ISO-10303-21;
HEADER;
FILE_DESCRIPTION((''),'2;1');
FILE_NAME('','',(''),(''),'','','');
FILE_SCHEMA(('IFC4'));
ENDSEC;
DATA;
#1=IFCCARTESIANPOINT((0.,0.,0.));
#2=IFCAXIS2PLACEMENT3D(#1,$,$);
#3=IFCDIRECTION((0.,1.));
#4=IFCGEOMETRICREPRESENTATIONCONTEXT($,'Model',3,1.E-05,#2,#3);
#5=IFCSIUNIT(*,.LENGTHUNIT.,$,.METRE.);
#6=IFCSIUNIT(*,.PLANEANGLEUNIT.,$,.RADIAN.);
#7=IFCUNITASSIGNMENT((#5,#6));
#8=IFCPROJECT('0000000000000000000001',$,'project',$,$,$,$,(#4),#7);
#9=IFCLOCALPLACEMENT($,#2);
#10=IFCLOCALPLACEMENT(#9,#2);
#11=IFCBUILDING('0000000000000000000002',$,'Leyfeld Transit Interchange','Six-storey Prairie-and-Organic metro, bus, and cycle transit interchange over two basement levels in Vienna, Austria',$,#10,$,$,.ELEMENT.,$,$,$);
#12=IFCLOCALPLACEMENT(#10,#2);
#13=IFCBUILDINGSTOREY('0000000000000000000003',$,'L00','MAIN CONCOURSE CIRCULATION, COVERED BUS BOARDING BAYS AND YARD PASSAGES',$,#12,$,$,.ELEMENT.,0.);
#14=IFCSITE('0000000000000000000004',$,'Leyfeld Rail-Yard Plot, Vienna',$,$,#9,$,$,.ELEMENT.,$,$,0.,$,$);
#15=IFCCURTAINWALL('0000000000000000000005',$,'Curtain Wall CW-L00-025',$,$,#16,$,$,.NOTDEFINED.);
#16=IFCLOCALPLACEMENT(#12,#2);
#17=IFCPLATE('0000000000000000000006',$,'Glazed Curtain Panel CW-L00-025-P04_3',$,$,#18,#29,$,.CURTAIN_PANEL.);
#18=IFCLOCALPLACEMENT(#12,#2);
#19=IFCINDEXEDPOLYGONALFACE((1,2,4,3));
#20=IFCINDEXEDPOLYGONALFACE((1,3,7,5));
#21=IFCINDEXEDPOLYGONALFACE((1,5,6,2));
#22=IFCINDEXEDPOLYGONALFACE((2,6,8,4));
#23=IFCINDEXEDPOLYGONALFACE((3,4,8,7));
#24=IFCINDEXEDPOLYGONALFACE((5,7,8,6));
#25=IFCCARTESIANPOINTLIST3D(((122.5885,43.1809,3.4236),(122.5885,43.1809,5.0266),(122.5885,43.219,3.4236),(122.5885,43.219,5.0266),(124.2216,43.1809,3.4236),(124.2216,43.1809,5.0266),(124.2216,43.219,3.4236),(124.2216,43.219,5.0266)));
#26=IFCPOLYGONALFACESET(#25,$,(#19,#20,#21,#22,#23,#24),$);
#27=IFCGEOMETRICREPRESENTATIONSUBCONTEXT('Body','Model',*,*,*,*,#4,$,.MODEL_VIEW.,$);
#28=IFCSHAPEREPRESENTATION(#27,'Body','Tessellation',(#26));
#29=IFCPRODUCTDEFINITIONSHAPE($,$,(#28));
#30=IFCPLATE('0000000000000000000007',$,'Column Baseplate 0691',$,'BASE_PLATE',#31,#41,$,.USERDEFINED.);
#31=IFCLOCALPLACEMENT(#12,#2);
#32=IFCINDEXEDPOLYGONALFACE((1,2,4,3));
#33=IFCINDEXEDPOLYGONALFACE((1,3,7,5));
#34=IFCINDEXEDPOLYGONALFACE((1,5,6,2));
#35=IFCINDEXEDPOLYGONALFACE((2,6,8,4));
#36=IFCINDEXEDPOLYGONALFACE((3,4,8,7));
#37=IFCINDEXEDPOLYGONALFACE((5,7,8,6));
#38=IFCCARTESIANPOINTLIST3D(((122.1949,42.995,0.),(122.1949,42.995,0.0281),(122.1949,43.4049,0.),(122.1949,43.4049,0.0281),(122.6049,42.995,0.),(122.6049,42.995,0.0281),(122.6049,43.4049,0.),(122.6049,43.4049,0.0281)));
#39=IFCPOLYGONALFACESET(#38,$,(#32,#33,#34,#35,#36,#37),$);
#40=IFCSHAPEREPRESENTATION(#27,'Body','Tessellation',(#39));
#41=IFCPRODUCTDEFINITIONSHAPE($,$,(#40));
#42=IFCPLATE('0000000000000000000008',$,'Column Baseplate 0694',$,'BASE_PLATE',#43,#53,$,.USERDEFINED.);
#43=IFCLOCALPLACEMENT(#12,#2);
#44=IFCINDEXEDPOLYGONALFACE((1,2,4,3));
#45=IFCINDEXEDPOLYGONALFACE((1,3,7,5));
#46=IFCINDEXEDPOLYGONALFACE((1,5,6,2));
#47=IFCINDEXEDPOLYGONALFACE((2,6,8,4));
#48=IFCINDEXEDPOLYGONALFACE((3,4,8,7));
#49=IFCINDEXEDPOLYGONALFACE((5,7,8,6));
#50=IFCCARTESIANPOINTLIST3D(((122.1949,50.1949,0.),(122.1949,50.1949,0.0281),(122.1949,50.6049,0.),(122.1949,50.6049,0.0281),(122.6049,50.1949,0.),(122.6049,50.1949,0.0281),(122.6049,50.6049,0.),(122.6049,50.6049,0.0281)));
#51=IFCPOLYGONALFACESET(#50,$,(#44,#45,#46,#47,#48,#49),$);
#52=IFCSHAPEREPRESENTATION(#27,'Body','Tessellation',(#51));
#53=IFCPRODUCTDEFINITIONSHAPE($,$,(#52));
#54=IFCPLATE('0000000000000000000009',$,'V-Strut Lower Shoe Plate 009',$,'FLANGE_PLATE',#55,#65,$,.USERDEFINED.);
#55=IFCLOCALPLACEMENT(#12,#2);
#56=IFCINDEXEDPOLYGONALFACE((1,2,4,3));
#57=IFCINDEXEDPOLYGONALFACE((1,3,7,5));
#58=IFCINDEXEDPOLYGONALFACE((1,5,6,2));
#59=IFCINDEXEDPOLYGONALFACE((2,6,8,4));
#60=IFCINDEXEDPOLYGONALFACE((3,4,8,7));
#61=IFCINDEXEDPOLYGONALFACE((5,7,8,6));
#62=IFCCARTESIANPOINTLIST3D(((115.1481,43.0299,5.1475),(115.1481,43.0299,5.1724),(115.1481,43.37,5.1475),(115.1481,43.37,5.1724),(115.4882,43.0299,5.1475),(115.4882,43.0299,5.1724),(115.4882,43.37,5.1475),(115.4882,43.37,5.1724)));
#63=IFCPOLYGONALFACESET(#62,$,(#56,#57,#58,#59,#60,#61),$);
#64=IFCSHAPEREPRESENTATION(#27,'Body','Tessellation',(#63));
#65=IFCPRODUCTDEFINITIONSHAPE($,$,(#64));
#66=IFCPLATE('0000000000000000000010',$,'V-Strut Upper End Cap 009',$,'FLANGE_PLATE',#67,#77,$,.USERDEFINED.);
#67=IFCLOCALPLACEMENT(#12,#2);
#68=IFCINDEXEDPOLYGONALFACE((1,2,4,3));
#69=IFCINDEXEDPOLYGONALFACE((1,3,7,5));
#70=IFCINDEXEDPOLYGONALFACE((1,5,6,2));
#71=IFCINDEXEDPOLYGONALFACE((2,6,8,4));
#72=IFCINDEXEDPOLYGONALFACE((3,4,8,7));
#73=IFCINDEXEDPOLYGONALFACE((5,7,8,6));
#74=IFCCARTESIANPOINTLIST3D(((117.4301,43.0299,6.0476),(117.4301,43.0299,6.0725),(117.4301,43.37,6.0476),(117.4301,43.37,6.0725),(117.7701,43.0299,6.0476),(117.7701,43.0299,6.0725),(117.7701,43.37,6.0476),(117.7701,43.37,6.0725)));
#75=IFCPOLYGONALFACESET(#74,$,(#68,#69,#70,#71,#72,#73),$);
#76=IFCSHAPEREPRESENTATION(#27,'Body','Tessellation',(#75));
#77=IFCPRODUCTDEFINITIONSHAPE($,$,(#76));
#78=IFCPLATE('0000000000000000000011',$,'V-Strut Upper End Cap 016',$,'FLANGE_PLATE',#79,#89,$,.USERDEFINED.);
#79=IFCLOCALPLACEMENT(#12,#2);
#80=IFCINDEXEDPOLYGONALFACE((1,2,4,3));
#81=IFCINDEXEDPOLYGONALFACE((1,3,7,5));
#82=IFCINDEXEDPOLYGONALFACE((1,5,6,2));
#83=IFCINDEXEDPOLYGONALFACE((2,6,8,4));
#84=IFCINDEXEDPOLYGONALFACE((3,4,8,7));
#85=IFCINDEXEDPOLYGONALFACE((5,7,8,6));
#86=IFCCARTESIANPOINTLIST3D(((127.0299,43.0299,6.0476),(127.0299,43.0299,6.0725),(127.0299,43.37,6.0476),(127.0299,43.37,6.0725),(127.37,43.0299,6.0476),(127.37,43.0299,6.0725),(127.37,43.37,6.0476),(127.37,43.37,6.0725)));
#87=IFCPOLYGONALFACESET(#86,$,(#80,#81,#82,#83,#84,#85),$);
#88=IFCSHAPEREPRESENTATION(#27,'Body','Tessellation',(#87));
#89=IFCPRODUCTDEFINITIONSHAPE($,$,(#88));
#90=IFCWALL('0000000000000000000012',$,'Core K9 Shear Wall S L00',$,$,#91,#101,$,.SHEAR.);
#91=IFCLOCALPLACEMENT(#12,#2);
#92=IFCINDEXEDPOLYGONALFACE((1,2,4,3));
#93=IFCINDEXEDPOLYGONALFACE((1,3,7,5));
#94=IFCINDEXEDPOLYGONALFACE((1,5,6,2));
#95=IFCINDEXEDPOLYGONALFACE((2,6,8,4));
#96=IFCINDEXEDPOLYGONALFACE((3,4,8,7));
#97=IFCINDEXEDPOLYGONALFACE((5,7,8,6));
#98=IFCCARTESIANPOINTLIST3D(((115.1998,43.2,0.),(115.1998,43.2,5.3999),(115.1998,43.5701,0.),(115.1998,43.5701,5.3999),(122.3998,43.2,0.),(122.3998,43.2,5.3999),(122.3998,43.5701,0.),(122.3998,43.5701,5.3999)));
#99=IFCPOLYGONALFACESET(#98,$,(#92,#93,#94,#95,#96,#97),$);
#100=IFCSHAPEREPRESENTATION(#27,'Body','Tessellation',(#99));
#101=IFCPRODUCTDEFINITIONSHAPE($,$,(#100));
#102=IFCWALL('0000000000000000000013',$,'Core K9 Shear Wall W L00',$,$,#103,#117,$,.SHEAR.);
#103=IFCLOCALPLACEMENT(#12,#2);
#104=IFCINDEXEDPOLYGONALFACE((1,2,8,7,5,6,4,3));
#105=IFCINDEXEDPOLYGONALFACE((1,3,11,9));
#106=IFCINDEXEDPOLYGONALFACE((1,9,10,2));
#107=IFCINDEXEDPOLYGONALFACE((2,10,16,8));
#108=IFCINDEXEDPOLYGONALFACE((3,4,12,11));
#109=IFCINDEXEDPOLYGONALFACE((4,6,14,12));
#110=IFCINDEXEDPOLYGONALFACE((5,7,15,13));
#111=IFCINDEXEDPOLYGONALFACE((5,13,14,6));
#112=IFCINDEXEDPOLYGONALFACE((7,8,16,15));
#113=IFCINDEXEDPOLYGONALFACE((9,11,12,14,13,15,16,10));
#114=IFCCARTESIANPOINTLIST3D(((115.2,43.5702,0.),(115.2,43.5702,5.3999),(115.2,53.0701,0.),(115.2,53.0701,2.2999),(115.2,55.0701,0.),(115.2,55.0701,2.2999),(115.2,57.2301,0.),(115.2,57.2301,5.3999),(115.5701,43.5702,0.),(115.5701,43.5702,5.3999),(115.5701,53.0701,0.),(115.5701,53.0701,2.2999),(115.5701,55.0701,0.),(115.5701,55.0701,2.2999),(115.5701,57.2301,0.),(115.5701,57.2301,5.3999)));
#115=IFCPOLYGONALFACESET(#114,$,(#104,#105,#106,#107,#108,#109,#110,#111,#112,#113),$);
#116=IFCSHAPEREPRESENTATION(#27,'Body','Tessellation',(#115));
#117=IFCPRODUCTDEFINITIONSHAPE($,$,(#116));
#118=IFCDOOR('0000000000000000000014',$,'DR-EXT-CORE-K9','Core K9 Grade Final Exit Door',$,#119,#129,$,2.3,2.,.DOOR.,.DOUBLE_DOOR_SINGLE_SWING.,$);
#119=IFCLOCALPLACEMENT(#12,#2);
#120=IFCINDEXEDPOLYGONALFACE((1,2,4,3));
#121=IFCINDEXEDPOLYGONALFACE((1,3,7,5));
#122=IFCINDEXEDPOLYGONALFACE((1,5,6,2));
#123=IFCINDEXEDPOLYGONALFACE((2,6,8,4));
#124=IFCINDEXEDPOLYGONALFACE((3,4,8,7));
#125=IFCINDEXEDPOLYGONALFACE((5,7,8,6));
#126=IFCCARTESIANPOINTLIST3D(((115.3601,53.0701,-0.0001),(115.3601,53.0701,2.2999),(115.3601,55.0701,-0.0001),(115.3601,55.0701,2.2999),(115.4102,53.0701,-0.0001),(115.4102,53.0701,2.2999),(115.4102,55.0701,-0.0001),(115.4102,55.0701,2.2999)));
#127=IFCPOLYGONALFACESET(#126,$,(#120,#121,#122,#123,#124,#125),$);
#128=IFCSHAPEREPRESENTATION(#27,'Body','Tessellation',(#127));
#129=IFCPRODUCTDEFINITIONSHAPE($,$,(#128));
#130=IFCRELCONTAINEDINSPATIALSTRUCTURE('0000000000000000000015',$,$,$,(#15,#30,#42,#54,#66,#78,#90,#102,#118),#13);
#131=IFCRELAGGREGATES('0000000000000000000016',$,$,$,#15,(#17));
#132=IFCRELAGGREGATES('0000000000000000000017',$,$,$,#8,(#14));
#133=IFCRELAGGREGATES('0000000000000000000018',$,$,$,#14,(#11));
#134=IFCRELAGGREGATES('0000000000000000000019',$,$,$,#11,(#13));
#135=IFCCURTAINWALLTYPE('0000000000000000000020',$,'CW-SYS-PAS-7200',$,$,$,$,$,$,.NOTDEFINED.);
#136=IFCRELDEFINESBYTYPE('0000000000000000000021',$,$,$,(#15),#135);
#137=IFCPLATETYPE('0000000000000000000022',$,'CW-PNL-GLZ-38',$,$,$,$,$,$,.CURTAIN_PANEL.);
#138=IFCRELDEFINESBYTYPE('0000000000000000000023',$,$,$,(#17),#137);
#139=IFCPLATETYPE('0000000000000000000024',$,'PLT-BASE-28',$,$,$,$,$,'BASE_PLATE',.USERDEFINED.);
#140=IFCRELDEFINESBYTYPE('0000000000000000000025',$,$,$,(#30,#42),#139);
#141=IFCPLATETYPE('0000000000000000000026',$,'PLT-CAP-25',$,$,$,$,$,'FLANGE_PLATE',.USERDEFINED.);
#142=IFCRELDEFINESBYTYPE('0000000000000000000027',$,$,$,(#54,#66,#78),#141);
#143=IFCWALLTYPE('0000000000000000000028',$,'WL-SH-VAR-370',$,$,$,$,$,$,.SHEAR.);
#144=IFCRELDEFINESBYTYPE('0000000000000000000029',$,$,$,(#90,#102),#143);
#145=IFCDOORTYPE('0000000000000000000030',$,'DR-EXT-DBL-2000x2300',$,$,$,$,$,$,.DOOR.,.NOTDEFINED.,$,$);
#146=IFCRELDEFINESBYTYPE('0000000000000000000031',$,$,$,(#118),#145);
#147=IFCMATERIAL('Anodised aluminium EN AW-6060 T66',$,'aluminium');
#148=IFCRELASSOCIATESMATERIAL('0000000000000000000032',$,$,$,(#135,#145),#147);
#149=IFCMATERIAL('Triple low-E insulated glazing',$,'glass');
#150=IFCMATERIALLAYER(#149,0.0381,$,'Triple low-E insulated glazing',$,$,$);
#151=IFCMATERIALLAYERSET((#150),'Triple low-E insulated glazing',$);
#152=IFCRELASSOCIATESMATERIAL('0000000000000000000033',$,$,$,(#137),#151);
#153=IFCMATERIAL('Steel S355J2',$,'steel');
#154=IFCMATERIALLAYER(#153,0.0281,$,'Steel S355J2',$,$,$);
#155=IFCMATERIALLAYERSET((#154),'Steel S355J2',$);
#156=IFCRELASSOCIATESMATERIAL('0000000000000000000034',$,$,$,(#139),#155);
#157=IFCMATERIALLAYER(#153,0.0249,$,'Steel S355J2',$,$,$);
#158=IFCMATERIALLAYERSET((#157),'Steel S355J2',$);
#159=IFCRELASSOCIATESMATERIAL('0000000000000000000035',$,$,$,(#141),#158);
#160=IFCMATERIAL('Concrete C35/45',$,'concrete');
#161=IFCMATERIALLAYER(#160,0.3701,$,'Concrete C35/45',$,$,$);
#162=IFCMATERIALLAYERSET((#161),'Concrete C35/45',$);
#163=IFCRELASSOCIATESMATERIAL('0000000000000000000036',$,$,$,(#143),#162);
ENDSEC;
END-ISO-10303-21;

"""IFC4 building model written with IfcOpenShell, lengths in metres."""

from ifc_helpers import new_model, si_unit, direction, frame, frame_2d, origin, origin_2d, place, context, subcontext, project, spatial, rectangle, extrude, material, layer, layer_set, type_object, element, fill, aggregate, save


model = new_model("IFC4")

# Units and contexts
model_context = context("Model", 3, precision=1e-05, world=origin(), true_north=direction((0.0, 1.0)))
body_context = subcontext(model_context, "Body", "Model", "MODEL_VIEW")
ifc_project = project(units=[si_unit("LENGTHUNIT", "METRE"), si_unit("PLANEANGLEUNIT", "RADIAN")], contexts=[model_context])

# Site, building, storey
site_placement = place(None, origin())
site = spatial("IfcSite", under=ifc_project, at=site_placement, Name="Leyfeld Rail-Yard Plot, Vienna", CompositionType="ELEMENT", RefElevation=0.0)
building_placement = place(site_placement, origin())
building = spatial("IfcBuilding", under=site, at=building_placement, Name="Leyfeld Transit Interchange", Description="Six-storey Prairie-and-Organic metro, bus, and cycle transit interchange over two basement levels in Vienna, Austria", CompositionType="ELEMENT")
storey_placement = place(building_placement, origin())
storey = spatial("IfcBuildingStorey", under=building, at=storey_placement, Name="L00", Description="MAIN CONCOURSE CIRCULATION, COVERED BUS BOARDING BAYS AND YARD PASSAGES", CompositionType="ELEMENT", Elevation=0.0)

# Shared definitions
ifc_material_1 = material(Name="Steel S355J2", Category="steel")

# Curtain wall, plate
ifc_material_2 = material(Name="Anodised aluminium EN AW-6060 T66", Category="aluminium")
curtain_wall_type = type_object("IfcCurtainWallType", Name="CW-SYS-PAS-7200", PredefinedType="NOTDEFINED", material=ifc_material_2)
curtain_wall_placement = place(storey_placement, origin())
curtain_wall = element("IfcCurtainWall", 1, at=curtain_wall_placement, inside=storey, type_object=curtain_wall_type, Name="Curtain Wall CW-L00-025", PredefinedType="NOTDEFINED")
ifc_material_3 = material(Name="Triple low-E insulated glazing", Category="glass")
ifc_layer_1 = layer(ifc_material_3, 0.0381, Name="Triple low-E insulated glazing")
ifc_layer_set_1 = layer_set([ifc_layer_1], Name="Triple low-E insulated glazing")
plate_type_1 = type_object("IfcPlateType", Name="CW-PNL-GLZ-38", PredefinedType="CURTAIN_PANEL", material=ifc_layer_set_1)
plate_1_placement = place(storey_placement, frame((123.405, 43.2, 3.4236), z_axis=(0.0, 0.0, 1.0), x_axis=(-1.0, 0.0, 0.0)))
plate_1 = element("IfcPlate", 2, at=plate_1_placement, type_object=plate_type_1, Name="Glazed Curtain Panel CW-L00-025-P04_3", PredefinedType="CURTAIN_PANEL", context=body_context, shape_type="SweptSolid", body=[
    extrude(rectangle(XDim=1.6331, YDim=0.0381, at=origin_2d()), origin(), (0.0, 0.0, 1.0), 1.603),
])
aggregate(curtain_wall, [plate_1])

# Plates
ifc_layer_2 = layer(ifc_material_1, 0.0281, Name="Steel S355J2")
ifc_layer_set_2 = layer_set([ifc_layer_2], Name="Steel S355J2")
plate_type_2 = type_object("IfcPlateType", Name="PLT-BASE-28", ElementType="BASE_PLATE", PredefinedType="USERDEFINED", material=ifc_layer_set_2)
for number, where, z_axis, x_axis, name in (
    (3, (122.3999, 43.2, 0.0), (0.0, 0.0, 1.0), (1.0, 0.0, 0.0), "Column Baseplate 0691"),
    (4, (122.3999, 50.3999, 0.0), (0.0, 0.0, 1.0), (1.0, 0.0, 0.0), "Column Baseplate 0694"),
):
    element("IfcPlate", number, at=place(storey_placement, frame(where, z_axis=z_axis, x_axis=x_axis)), inside=storey, type_object=plate_type_2, Name=name, ObjectType="BASE_PLATE", PredefinedType="USERDEFINED", context=body_context, shape_type="SweptSolid", body=[
        extrude(rectangle(XDim=0.4099, YDim=0.4099, at=origin_2d()), origin(), (0.0, 0.0, 1.0), 0.0281),
    ])
ifc_layer_3 = layer(ifc_material_1, 0.0249, Name="Steel S355J2")
ifc_layer_set_3 = layer_set([ifc_layer_3], Name="Steel S355J2")
plate_type_3 = type_object("IfcPlateType", Name="PLT-CAP-25", ElementType="FLANGE_PLATE", PredefinedType="USERDEFINED", material=ifc_layer_set_3)
for number, where, z_axis, x_axis, name in (
    (5, (115.3181, 43.2, 5.1475), (0.0, 0.0, 1.0), (1.0, 0.0, 0.0), "V-Strut Lower Shoe Plate 009"),
    (6, (117.6001, 43.2, 6.0476), (0.0, 0.0, 1.0), (1.0, 0.0, 0.0), "V-Strut Upper End Cap 009"),
    (7, (127.2, 43.2, 6.0476), (0.0, 0.0, 1.0), (1.0, 0.0, 0.0), "V-Strut Upper End Cap 016"),
):
    element("IfcPlate", number, at=place(storey_placement, frame(where, z_axis=z_axis, x_axis=x_axis)), inside=storey, type_object=plate_type_3, Name=name, ObjectType="FLANGE_PLATE", PredefinedType="USERDEFINED", context=body_context, shape_type="SweptSolid", body=[
        extrude(rectangle(XDim=0.3401, YDim=0.3401, at=origin_2d()), origin(), (0.0, 0.0, 1.0), 0.0249),
    ])

# Wall
ifc_material_4 = material(Name="Concrete C35/45", Category="concrete")
ifc_layer_4 = layer(ifc_material_4, 0.3701, Name="Concrete C35/45")
ifc_layer_set_4 = layer_set([ifc_layer_4], Name="Concrete C35/45")
wall_type_1 = type_object("IfcWallType", Name="WL-SH-VAR-370", PredefinedType="SHEAR", material=ifc_layer_set_4)
wall_1_placement = place(storey_placement, frame((122.3999, 43.385, 0.0), z_axis=(0.0, 0.0, 1.0), x_axis=(-1.0, 0.0, 0.0)))
element("IfcWall", 8, at=wall_1_placement, inside=storey, type_object=wall_type_1, Name="Core K9 Shear Wall S L00", PredefinedType="SHEAR", context=body_context, shape_type="SweptSolid", body=[
    extrude(rectangle(XDim=7.2, YDim=0.3701, at=frame_2d((3.6001, 0.0))), origin(), (0.0, 0.0, 1.0), 5.3999),
])

# Wall, opening, door
wall_2_placement = place(storey_placement, frame((115.385, 43.5701, 0.0), z_axis=(0.0, 0.0, 1.0), x_axis=(0.0, 1.0, 0.0)))
wall_2 = element("IfcWall", 9, at=wall_2_placement, inside=storey, type_object=wall_type_1, Name="Core K9 Shear Wall W L00", PredefinedType="SHEAR", context=body_context, shape_type="SweptSolid", body=[
    extrude(rectangle(XDim=13.6599, YDim=0.3701, at=frame_2d((6.8301, 0.0))), origin(), (0.0, 0.0, 1.0), 5.3999),
])
opening_1_placement = place(wall_2_placement, frame((9.5, 0.0, 0.0)))
opening_1 = element("IfcOpeningElement", 10, at=opening_1_placement, cuts=wall_2, PredefinedType="OPENING", context=body_context, shape_type="SweptSolid", body=[
    extrude(rectangle(XDim=2.0, YDim=2.3, at=frame_2d((1.0, 1.1499))), frame((0.0, 0.1951, 0.0), z_axis=(0.0, -1.0, 0.0), x_axis=(1.0, 0.0, 0.0)), (0.0, 0.0, 1.0), 0.3901),
])
door_type_1 = type_object("IfcDoorType", Name="DR-EXT-DBL-2000x2300", OperationType="NOTDEFINED", PredefinedType="DOOR", material=ifc_material_2)
door_1_placement = place(opening_1_placement, origin())
door_1 = element("IfcDoor", 11, at=door_1_placement, inside=storey, type_object=door_type_1, Name="DR-EXT-CORE-K9", Description="Core K9 Grade Final Exit Door", OperationType="DOUBLE_DOOR_SINGLE_SWING", OverallHeight=2.3, OverallWidth=2.0, PredefinedType="DOOR", context=body_context, shape_type="SweptSolid", body=[
    extrude(rectangle(XDim=2.0, YDim=2.3, at=frame_2d((1.0, 1.1499))), frame((0.0, 0.0249, 0.0), z_axis=(0.0, -1.0, 0.0), x_axis=(1.0, 0.0, 0.0)), (0.0, 0.0, 1.0), 0.05),
])
fill(opening_1, door_1)

save(model, "model.ifc")
